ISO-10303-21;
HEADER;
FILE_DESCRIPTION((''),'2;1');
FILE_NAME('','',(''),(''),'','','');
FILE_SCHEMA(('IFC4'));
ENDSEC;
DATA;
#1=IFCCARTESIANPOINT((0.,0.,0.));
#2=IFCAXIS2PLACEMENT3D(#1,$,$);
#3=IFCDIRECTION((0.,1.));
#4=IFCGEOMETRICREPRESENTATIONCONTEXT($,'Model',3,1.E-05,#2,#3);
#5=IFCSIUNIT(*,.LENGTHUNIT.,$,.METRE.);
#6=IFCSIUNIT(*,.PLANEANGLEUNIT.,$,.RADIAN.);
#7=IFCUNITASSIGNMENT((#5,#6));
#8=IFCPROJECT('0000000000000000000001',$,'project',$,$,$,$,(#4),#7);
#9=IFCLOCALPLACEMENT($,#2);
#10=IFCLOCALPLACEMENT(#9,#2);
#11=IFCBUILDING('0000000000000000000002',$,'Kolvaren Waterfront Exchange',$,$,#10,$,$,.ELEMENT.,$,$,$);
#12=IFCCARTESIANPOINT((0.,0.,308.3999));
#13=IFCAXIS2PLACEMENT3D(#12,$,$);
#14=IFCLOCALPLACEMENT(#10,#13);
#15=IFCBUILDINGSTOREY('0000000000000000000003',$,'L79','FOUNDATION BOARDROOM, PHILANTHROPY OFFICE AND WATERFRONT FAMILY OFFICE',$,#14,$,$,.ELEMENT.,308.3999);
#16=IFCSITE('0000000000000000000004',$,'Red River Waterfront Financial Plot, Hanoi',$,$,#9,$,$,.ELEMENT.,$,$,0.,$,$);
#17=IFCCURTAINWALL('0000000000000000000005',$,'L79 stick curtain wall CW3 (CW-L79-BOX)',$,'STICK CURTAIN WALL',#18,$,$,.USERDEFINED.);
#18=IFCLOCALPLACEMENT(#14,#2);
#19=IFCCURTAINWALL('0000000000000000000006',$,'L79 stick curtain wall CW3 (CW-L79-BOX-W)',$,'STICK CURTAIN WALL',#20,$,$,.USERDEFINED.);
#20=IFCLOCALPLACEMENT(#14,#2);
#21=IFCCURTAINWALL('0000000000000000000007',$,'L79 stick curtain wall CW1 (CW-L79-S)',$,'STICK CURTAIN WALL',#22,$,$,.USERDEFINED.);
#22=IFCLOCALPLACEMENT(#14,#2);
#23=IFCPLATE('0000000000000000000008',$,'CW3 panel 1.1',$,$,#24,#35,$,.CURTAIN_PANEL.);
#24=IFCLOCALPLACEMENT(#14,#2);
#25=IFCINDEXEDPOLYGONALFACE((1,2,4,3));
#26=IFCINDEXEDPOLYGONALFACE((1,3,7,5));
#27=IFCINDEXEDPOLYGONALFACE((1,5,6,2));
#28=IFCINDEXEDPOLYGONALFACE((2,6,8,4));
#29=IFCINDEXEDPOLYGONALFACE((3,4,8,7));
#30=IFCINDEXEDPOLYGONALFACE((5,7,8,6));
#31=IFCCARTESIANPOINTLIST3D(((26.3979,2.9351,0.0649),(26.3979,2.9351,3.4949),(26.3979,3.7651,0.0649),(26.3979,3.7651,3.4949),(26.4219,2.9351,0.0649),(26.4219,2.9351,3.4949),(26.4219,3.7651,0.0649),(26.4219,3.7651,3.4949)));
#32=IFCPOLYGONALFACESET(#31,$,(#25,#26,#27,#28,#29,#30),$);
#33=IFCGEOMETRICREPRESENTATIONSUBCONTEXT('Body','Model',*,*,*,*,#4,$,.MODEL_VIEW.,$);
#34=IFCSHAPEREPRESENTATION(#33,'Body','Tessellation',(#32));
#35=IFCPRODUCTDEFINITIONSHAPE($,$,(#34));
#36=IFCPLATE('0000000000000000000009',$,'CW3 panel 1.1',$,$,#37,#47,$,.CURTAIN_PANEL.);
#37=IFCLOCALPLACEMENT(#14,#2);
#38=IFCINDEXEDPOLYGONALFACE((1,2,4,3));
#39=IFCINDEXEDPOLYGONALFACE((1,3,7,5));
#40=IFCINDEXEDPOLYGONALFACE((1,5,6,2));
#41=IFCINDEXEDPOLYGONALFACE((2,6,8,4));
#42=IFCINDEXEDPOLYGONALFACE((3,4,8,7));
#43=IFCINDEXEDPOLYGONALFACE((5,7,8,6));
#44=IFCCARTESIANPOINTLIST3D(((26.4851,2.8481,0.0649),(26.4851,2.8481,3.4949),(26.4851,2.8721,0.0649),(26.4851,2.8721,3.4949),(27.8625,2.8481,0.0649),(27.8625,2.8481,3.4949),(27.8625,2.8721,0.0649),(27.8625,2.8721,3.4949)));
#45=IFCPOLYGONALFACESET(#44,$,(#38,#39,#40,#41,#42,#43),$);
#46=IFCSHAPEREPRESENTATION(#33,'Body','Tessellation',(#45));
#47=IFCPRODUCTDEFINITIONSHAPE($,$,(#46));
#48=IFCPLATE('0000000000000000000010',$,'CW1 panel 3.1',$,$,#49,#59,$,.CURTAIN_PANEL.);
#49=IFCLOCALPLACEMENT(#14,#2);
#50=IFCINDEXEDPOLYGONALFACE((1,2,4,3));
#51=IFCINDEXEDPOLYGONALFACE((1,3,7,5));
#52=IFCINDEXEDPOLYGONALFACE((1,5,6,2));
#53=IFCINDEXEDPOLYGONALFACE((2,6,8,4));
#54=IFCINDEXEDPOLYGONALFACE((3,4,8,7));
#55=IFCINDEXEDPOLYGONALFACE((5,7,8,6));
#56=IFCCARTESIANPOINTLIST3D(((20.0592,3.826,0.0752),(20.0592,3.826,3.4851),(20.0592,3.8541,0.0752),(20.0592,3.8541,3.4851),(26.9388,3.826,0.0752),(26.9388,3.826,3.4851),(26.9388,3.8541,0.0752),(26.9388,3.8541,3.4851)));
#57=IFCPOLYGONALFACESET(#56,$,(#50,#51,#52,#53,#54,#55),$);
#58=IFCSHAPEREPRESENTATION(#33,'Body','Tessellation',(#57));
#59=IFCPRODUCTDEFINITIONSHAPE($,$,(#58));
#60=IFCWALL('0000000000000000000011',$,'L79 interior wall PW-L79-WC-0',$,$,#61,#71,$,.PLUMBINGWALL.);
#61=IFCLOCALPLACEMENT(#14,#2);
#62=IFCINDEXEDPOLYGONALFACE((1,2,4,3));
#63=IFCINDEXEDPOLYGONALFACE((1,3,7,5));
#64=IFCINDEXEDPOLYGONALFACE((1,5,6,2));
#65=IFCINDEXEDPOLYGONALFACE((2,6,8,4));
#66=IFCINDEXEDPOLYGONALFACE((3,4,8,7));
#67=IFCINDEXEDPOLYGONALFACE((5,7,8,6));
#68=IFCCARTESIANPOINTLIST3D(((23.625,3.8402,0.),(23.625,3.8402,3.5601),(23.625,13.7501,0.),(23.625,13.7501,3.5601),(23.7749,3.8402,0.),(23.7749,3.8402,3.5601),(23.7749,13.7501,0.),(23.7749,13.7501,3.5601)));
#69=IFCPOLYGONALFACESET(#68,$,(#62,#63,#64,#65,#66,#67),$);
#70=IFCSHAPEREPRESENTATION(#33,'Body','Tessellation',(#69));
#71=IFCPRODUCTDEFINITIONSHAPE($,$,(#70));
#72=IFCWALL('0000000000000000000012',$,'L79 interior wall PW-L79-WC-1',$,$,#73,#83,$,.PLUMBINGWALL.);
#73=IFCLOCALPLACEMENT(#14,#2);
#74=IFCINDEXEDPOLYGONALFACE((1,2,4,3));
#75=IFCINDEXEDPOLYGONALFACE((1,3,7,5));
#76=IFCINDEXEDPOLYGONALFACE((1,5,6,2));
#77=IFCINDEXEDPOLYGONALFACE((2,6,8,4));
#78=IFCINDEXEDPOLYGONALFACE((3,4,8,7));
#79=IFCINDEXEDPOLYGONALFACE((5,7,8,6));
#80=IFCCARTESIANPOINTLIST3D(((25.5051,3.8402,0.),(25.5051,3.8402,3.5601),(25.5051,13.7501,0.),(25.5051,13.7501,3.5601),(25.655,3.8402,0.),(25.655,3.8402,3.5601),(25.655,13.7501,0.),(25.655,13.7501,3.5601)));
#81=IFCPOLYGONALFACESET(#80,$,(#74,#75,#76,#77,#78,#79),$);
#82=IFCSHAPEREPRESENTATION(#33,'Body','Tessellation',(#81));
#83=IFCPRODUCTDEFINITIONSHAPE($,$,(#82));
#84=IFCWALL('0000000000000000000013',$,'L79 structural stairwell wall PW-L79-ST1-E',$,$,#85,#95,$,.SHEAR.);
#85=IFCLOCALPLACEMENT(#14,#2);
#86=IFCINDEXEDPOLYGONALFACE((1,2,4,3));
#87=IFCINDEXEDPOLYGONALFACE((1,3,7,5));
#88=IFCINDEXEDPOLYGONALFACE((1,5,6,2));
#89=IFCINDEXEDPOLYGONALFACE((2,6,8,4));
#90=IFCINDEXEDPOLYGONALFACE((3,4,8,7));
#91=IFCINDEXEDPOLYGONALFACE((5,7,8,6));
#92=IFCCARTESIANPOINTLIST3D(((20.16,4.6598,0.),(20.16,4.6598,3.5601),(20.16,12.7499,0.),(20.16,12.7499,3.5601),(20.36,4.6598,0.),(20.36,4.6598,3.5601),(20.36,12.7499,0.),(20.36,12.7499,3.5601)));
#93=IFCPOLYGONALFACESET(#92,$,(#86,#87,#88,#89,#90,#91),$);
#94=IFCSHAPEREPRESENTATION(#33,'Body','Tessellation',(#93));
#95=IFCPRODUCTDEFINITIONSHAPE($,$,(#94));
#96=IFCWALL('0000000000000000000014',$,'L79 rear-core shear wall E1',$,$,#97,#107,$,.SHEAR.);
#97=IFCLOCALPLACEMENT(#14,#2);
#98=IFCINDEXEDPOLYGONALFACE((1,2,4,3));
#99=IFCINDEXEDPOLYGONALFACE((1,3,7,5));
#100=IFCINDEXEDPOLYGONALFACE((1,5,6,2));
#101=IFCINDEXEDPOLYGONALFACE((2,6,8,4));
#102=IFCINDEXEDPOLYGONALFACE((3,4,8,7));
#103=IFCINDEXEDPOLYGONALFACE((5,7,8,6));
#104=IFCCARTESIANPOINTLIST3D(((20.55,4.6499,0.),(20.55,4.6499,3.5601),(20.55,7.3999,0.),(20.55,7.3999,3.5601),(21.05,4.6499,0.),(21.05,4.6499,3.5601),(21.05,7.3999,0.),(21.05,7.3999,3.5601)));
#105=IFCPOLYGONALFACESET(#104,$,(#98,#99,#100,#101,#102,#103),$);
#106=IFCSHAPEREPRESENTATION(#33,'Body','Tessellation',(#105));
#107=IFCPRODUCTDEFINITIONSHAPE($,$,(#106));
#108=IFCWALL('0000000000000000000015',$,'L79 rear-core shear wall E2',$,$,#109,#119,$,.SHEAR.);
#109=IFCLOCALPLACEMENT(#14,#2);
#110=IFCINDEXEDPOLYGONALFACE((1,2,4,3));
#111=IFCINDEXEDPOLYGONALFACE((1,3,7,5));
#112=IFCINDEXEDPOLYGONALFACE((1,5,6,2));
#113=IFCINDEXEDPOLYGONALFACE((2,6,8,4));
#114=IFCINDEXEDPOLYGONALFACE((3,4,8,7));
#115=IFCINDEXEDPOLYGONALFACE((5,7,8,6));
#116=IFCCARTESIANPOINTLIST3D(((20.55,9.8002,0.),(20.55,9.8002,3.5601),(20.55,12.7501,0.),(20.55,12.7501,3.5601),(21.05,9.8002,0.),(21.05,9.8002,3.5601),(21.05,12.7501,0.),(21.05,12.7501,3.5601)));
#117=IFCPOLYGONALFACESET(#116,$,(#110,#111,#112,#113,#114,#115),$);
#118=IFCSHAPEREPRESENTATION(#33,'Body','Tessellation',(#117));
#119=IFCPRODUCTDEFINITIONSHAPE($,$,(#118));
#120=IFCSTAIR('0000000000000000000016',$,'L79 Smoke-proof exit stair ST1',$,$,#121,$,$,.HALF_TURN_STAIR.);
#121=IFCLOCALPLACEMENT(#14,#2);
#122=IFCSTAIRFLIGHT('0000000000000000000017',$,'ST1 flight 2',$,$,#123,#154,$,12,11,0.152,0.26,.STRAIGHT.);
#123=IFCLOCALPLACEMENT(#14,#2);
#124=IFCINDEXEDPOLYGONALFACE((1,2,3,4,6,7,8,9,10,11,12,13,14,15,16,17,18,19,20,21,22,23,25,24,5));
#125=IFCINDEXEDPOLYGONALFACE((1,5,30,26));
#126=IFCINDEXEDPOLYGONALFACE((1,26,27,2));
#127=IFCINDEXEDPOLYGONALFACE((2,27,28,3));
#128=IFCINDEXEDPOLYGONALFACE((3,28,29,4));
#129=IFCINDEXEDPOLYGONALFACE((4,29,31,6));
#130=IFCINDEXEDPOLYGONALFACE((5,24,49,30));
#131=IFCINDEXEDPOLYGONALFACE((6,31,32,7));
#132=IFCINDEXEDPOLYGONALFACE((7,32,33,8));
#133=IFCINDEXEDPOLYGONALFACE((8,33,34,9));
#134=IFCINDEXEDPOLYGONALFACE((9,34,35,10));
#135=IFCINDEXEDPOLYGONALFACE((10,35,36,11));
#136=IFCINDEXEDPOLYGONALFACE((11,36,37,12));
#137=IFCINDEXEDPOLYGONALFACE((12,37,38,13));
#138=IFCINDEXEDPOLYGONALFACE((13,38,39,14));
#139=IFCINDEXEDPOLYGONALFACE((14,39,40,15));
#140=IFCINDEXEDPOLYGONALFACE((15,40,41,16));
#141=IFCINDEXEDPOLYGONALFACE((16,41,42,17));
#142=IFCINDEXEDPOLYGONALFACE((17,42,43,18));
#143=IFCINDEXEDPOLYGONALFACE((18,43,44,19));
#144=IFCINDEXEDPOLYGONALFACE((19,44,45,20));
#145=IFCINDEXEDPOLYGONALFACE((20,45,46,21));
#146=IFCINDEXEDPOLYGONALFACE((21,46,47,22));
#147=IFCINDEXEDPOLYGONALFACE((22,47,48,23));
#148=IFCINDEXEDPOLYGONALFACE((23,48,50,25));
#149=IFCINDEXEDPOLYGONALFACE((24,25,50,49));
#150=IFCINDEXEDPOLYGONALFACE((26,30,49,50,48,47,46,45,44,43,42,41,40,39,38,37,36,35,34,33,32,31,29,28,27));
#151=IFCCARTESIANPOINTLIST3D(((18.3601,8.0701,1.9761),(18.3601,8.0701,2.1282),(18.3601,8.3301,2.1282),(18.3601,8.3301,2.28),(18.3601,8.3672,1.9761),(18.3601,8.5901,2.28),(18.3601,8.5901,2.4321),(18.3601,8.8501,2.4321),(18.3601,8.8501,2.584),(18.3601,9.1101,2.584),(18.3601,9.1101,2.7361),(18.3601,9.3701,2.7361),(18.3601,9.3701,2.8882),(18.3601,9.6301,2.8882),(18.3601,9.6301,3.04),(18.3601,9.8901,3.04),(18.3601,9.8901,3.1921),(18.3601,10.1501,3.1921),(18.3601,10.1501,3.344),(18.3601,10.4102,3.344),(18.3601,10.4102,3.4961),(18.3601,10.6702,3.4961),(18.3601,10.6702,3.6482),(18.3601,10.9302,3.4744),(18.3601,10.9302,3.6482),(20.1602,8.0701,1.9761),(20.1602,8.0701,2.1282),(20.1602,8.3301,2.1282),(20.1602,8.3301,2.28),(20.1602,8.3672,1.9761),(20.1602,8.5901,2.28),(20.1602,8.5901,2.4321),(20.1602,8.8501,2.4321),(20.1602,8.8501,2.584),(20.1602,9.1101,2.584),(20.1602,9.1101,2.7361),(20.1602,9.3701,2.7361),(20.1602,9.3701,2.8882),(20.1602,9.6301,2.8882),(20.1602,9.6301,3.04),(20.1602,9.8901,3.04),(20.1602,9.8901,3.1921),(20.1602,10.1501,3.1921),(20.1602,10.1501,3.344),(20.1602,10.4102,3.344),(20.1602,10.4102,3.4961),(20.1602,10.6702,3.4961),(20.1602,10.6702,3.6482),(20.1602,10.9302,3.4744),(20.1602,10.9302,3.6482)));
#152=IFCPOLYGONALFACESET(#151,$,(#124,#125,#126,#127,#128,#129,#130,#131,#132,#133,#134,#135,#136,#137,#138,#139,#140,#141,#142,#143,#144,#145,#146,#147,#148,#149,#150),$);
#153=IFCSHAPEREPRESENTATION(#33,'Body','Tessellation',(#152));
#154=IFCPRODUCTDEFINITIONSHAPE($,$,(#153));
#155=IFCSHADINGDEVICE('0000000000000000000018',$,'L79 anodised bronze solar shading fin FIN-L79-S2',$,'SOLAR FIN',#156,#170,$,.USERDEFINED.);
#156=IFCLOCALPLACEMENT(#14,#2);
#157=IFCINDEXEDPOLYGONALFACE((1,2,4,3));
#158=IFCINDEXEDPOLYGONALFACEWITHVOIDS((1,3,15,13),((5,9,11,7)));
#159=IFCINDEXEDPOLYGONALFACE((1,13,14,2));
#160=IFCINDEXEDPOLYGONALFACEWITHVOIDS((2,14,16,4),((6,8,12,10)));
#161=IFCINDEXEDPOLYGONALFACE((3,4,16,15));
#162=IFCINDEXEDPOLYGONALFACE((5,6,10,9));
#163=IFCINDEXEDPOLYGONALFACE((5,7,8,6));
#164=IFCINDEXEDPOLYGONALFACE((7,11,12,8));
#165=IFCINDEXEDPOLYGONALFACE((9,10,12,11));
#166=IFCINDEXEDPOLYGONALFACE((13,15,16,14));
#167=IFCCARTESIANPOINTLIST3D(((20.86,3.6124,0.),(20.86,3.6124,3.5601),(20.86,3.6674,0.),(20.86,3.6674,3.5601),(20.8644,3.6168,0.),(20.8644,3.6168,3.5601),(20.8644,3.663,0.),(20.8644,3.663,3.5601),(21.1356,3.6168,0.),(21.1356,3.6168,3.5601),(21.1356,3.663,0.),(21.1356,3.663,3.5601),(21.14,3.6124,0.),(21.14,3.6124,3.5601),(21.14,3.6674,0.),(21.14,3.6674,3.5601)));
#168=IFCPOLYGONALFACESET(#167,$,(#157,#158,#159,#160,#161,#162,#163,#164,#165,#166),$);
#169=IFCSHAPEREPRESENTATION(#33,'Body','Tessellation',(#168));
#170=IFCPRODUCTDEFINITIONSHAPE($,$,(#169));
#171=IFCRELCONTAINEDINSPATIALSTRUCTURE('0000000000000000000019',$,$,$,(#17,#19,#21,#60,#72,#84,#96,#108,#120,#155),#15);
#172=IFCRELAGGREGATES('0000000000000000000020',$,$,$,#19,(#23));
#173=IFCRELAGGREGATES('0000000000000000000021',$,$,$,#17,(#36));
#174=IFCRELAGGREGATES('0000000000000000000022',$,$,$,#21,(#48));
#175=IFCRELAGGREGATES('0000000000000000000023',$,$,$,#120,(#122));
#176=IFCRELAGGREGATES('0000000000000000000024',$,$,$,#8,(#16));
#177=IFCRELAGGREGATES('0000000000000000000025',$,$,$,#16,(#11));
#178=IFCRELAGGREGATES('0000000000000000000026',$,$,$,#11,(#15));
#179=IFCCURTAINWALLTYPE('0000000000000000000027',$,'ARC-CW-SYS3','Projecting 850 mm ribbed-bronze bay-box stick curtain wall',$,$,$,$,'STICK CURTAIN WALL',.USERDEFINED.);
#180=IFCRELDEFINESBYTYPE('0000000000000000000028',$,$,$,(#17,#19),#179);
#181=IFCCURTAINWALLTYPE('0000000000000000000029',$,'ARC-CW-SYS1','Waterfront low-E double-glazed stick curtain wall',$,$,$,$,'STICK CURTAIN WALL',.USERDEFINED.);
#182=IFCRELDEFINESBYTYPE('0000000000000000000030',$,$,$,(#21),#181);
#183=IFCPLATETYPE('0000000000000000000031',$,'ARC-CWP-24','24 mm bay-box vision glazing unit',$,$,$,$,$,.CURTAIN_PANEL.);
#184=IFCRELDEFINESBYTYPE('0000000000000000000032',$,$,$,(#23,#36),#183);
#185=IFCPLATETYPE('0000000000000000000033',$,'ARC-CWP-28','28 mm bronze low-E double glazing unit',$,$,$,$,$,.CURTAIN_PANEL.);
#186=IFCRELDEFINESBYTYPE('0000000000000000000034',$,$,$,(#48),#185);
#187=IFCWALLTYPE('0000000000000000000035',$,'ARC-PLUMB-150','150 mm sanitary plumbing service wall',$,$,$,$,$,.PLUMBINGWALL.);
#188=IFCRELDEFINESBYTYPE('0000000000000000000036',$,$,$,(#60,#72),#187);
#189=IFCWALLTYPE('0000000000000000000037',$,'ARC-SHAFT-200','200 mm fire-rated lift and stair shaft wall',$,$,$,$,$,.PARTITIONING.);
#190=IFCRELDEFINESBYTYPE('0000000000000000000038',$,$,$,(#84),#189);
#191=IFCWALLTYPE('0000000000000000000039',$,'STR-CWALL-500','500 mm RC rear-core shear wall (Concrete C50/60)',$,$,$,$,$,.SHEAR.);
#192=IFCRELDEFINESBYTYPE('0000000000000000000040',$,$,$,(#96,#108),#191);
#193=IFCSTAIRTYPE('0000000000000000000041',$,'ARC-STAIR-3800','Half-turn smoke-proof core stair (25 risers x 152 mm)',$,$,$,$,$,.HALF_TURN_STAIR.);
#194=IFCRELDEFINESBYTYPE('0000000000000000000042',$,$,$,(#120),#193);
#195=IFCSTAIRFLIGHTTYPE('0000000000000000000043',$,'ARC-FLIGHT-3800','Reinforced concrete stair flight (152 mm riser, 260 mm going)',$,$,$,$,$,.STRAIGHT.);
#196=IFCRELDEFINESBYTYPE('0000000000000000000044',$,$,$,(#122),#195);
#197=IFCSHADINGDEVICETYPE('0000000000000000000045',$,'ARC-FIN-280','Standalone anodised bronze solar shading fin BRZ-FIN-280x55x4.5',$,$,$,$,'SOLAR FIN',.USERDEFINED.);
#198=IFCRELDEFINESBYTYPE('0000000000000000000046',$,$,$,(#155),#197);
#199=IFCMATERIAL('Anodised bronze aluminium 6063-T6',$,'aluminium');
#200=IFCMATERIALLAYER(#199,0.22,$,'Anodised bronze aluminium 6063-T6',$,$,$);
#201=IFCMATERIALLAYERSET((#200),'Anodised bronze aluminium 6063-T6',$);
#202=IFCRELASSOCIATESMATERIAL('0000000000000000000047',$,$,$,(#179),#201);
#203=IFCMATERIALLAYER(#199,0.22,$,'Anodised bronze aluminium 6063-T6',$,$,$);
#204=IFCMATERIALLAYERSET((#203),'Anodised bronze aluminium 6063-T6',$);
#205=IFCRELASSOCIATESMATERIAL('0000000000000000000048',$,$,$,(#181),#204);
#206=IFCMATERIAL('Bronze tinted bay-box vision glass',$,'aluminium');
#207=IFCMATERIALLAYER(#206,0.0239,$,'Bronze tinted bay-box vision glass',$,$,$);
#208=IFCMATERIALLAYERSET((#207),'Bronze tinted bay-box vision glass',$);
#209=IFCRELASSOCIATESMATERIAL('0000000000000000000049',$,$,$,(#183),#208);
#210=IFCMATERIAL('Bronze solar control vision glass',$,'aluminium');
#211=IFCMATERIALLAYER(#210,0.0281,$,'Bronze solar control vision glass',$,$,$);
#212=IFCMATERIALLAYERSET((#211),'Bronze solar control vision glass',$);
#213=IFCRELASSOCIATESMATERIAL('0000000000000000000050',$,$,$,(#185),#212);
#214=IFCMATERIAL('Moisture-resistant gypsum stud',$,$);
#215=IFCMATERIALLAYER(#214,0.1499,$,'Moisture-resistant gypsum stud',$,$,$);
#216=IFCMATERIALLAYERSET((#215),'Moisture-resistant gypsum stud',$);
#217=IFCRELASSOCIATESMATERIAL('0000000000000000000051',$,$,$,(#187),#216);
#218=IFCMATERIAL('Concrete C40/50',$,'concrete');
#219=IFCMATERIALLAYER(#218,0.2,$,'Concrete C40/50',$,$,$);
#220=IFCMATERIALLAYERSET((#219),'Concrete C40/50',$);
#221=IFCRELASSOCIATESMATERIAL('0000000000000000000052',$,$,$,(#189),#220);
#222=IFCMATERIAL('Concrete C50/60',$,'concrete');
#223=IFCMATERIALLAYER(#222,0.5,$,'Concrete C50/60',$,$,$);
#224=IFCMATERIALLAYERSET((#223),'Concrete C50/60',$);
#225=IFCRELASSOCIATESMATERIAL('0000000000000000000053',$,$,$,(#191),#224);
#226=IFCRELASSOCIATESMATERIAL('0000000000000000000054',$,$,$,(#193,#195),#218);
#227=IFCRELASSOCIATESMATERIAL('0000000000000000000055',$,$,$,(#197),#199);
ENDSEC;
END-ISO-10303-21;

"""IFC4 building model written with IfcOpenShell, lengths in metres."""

from ifc_helpers import new_model, si_unit, direction, frame, frame_2d, origin, origin_with_axes, origin_2d, place, context, subcontext, project, spatial, polyline, rectangle, hollow_rectangle, outline, extrude, source, transform, mapped, material, layer, layer_set, material_profile, profile_set, type_object, element, aggregate, save


model = new_model("IFC4")

# Units and contexts
model_context = context("Model", 3, precision=1e-05, world=origin(), true_north=direction((0.0, 1.0)))
body_context = subcontext(model_context, "Body", "Model", "MODEL_VIEW")
ifc_project = project(units=[si_unit("LENGTHUNIT", "METRE"), si_unit("PLANEANGLEUNIT", "RADIAN")], contexts=[model_context])

# Site, building, storey
site_placement = place(None, origin())
site = spatial("IfcSite", under=ifc_project, at=site_placement, Name="Red River Waterfront Financial Plot, Hanoi", CompositionType="ELEMENT", RefElevation=0.0)
building_placement = place(site_placement, origin())
building = spatial("IfcBuilding", under=site, at=building_placement, Name="Kolvaren Waterfront Exchange", CompositionType="ELEMENT")
storey_placement = place(building_placement, frame((0.0, 0.0, 308.3999)))
storey = spatial("IfcBuildingStorey", under=building, at=storey_placement, Name="L79", Description="FOUNDATION BOARDROOM, PHILANTHROPY OFFICE AND WATERFRONT FAMILY OFFICE", CompositionType="ELEMENT", Elevation=308.3999)

# Shared definitions
ifc_material_1 = material(Name="Concrete C50/60", Category="concrete")

# Curtain walls
ifc_material_2 = material(Name="Anodised bronze aluminium 6063-T6", Category="aluminium")
ifc_layer_1 = layer(ifc_material_2, 0.22, Name="Anodised bronze aluminium 6063-T6")
ifc_layer_set_1 = layer_set([ifc_layer_1], Name="Anodised bronze aluminium 6063-T6")
curtain_wall_type_1 = type_object("IfcCurtainWallType", Name="ARC-CW-SYS3", Description="Projecting 850 mm ribbed-bronze bay-box stick curtain wall", ElementType="STICK CURTAIN WALL", PredefinedType="USERDEFINED", material=ifc_layer_set_1)
curtain_wall_1_placement = place(storey_placement, origin())
curtain_wall_1 = element("IfcCurtainWall", 1, at=curtain_wall_1_placement, inside=storey, type_object=curtain_wall_type_1, Name="L79 stick curtain wall CW3 (CW-L79-BOX)", ObjectType="STICK CURTAIN WALL", PredefinedType="USERDEFINED")
curtain_wall_2_placement = place(storey_placement, origin())
curtain_wall_2 = element("IfcCurtainWall", 2, at=curtain_wall_2_placement, inside=storey, type_object=curtain_wall_type_1, Name="L79 stick curtain wall CW3 (CW-L79-BOX-W)", ObjectType="STICK CURTAIN WALL", PredefinedType="USERDEFINED")

# Curtain wall
ifc_layer_2 = layer(ifc_material_2, 0.22, Name="Anodised bronze aluminium 6063-T6")
ifc_layer_set_2 = layer_set([ifc_layer_2], Name="Anodised bronze aluminium 6063-T6")
curtain_wall_type_2 = type_object("IfcCurtainWallType", Name="ARC-CW-SYS1", Description="Waterfront low-E double-glazed stick curtain wall", ElementType="STICK CURTAIN WALL", PredefinedType="USERDEFINED", material=ifc_layer_set_2)
curtain_wall_3_placement = place(storey_placement, origin())
curtain_wall_3 = element("IfcCurtainWall", 3, at=curtain_wall_3_placement, inside=storey, type_object=curtain_wall_type_2, Name="L79 stick curtain wall CW1 (CW-L79-S)", ObjectType="STICK CURTAIN WALL", PredefinedType="USERDEFINED")

# Plates
ifc_material_3 = material(Name="Bronze tinted bay-box vision glass", Category="aluminium")
ifc_layer_3 = layer(ifc_material_3, 0.0239, Name="Bronze tinted bay-box vision glass")
ifc_layer_set_3 = layer_set([ifc_layer_3], Name="Bronze tinted bay-box vision glass")
plate_type_1 = type_object("IfcPlateType", Name="ARC-CWP-24", Description="24 mm bay-box vision glazing unit", PredefinedType="CURTAIN_PANEL", material=ifc_layer_set_3)
shared_shape_1 = source(origin_with_axes(), body_context, "Body", "SweptSolid", [
    extrude(rectangle(XDim=0.8301, YDim=0.0239, at=origin_2d()), origin(), (0.0, 0.0, 1.0), 3.4299),
])
plate_1_placement = place(storey_placement, frame((26.4099, 3.3501, 0.0649), z_axis=(0.0, 0.0, 1.0), x_axis=(0.0, -1.0, 0.0)))
plate_1 = element("IfcPlate", 4, at=plate_1_placement, type_object=plate_type_1, Name="CW3 panel 1.1", PredefinedType="CURTAIN_PANEL", context=body_context, shape_type="MappedRepresentation", body=[
    mapped(shared_shape_1, transform((0.0, 0.0, 0.0), x_axis=(1.0, 0.0, 0.0), y_axis=(0.0, 1.0, 0.0), z_axis=(0.0, 0.0, 1.0), scale=1.0)),
])
aggregate(curtain_wall_2, [plate_1])
shared_shape_2 = source(origin_with_axes(), body_context, "Body", "SweptSolid", [
    extrude(rectangle(XDim=1.3774, YDim=0.0239, at=origin_2d()), origin(), (0.0, 0.0, 1.0), 3.4299),
])
plate_2_placement = place(storey_placement, frame((27.1738, 2.8601, 0.0649), z_axis=(0.0, 0.0, 1.0), x_axis=(1.0, 0.0, 0.0)))
plate_2 = element("IfcPlate", 5, at=plate_2_placement, type_object=plate_type_1, Name="CW3 panel 1.1", PredefinedType="CURTAIN_PANEL", context=body_context, shape_type="MappedRepresentation", body=[
    mapped(shared_shape_2, transform((0.0, 0.0, 0.0), x_axis=(1.0, 0.0, 0.0), y_axis=(0.0, 1.0, 0.0), z_axis=(0.0, 0.0, 1.0), scale=1.0)),
])
aggregate(curtain_wall_1, [plate_2])
ifc_material_4 = material(Name="Bronze solar control vision glass", Category="aluminium")
ifc_layer_4 = layer(ifc_material_4, 0.0281, Name="Bronze solar control vision glass")
ifc_layer_set_4 = layer_set([ifc_layer_4], Name="Bronze solar control vision glass")
plate_type_2 = type_object("IfcPlateType", Name="ARC-CWP-28", Description="28 mm bronze low-E double glazing unit", PredefinedType="CURTAIN_PANEL", material=ifc_layer_set_4)
shared_shape_3 = source(origin_with_axes(), body_context, "Body", "SweptSolid", [
    extrude(rectangle(XDim=6.8796, YDim=0.0281, at=origin_2d()), origin(), (0.0, 0.0, 1.0), 3.4099),
])
plate_3_placement = place(storey_placement, frame((23.499, 3.8401, 0.0752), z_axis=(0.0, 0.0, 1.0), x_axis=(1.0, 0.0, 0.0)))
plate_3 = element("IfcPlate", 6, at=plate_3_placement, type_object=plate_type_2, Name="CW1 panel 3.1", PredefinedType="CURTAIN_PANEL", context=body_context, shape_type="MappedRepresentation", body=[
    mapped(shared_shape_3, transform((0.0, 0.0, 0.0), x_axis=(1.0, 0.0, 0.0), y_axis=(0.0, 1.0, 0.0), z_axis=(0.0, 0.0, 1.0), scale=1.0)),
])
aggregate(curtain_wall_3, [plate_3])

# Walls
ifc_material_5 = material(Name="Moisture-resistant gypsum stud")
ifc_layer_5 = layer(ifc_material_5, 0.1499, Name="Moisture-resistant gypsum stud")
ifc_layer_set_5 = layer_set([ifc_layer_5], Name="Moisture-resistant gypsum stud")
wall_type_1 = type_object("IfcWallType", Name="ARC-PLUMB-150", Description="150 mm sanitary plumbing service wall", PredefinedType="PLUMBINGWALL", material=ifc_layer_set_5)
for number, where, z_axis, x_axis, name in (
    (7, (23.7, 3.8401, 0.0), (0.0, 0.0, 1.0), (0.0, 1.0, 0.0), "L79 interior wall PW-L79-WC-0"),
    (8, (25.5801, 3.8401, 0.0), (0.0, 0.0, 1.0), (0.0, 1.0, 0.0), "L79 interior wall PW-L79-WC-1"),
):
    element("IfcWall", number, at=place(storey_placement, frame(where, z_axis=z_axis, x_axis=x_axis)), inside=storey, type_object=wall_type_1, Name=name, PredefinedType="PLUMBINGWALL", context=body_context, shape_type="SweptSolid", body=[
        extrude(rectangle(XDim=9.9099, YDim=0.1499, at=frame_2d((4.9551, 0.0))), origin(), (0.0, 0.0, 1.0), 3.5601),
    ])
ifc_material_6 = material(Name="Concrete C40/50", Category="concrete")
ifc_layer_6 = layer(ifc_material_6, 0.2, Name="Concrete C40/50")
ifc_layer_set_6 = layer_set([ifc_layer_6], Name="Concrete C40/50")
wall_type_2 = type_object("IfcWallType", Name="ARC-SHAFT-200", Description="200 mm fire-rated lift and stair shaft wall", PredefinedType="PARTITIONING", material=ifc_layer_set_6)
wall_1_placement = place(storey_placement, frame((20.26, 4.6599, 0.0), z_axis=(0.0, 0.0, 1.0), x_axis=(0.0, 1.0, 0.0)))
element("IfcWall", 9, at=wall_1_placement, inside=storey, type_object=wall_type_2, Name="L79 structural stairwell wall PW-L79-ST1-E", PredefinedType="SHEAR", context=body_context, shape_type="SweptSolid", body=[
    extrude(rectangle(XDim=8.0901, YDim=0.2, at=frame_2d((4.0449, 0.0))), origin(), (0.0, 0.0, 1.0), 3.5601),
])
ifc_layer_7 = layer(ifc_material_1, 0.5, Name="Concrete C50/60")
ifc_layer_set_7 = layer_set([ifc_layer_7], Name="Concrete C50/60")
wall_type_3 = type_object("IfcWallType", Name="STR-CWALL-500", Description="500 mm RC rear-core shear wall (Concrete C50/60)", PredefinedType="SHEAR", material=ifc_layer_set_7)
wall_2_placement = place(storey_placement, frame((20.8, 4.6499, 0.0), z_axis=(0.0, 0.0, 1.0), x_axis=(0.0, 1.0, 0.0)))
element("IfcWall", 10, at=wall_2_placement, inside=storey, type_object=wall_type_3, Name="L79 rear-core shear wall E1", PredefinedType="SHEAR", context=body_context, shape_type="SweptSolid", body=[
    extrude(rectangle(XDim=2.75, YDim=0.5, at=frame_2d((1.375, 0.0))), origin(), (0.0, 0.0, 1.0), 3.5601),
])
wall_3_placement = place(storey_placement, frame((20.8, 9.8, 0.0), z_axis=(0.0, 0.0, 1.0), x_axis=(0.0, 1.0, 0.0)))
element("IfcWall", 11, at=wall_3_placement, inside=storey, type_object=wall_type_3, Name="L79 rear-core shear wall E2", PredefinedType="SHEAR", context=body_context, shape_type="SweptSolid", body=[
    extrude(rectangle(XDim=2.95, YDim=0.5, at=frame_2d((1.4751, 0.0))), origin(), (0.0, 0.0, 1.0), 3.5601),
])

# Stair, stair flight
stair_type = type_object("IfcStairType", Name="ARC-STAIR-3800", Description="Half-turn smoke-proof core stair (25 risers x 152 mm)", PredefinedType="HALF_TURN_STAIR", material=ifc_material_6)
stair_placement = place(storey_placement, origin())
stair = element("IfcStair", 12, at=stair_placement, inside=storey, type_object=stair_type, Name="L79 Smoke-proof exit stair ST1", PredefinedType="HALF_TURN_STAIR")
stair_flight_type = type_object("IfcStairFlightType", Name="ARC-FLIGHT-3800", Description="Reinforced concrete stair flight (152 mm riser, 260 mm going)", PredefinedType="STRAIGHT", material=ifc_material_6)
stair_flight_placement = place(storey_placement, frame((19.26, 8.0701, 1.9761), z_axis=(0.0, 0.0, 1.0), x_axis=(0.0, 1.0, 0.0)))
stair_flight = element("IfcStairFlight", 13, at=stair_flight_placement, type_object=stair_flight_type, Name="ST1 flight 2", NumberOfRisers=12, NumberOfTreads=11, PredefinedType="STRAIGHT", RiserHeight=0.152, TreadLength=0.26, context=body_context, shape_type="SweptSolid", body=[
    extrude(outline(polyline([(0.0, 0.0), (0.0, 0.1521), (0.26, 0.1521), (0.26, 0.304), (0.52, 0.304), (0.52, 0.4561), (0.78, 0.4561), (0.78, 0.6079), (1.04, 0.6079), (1.04, 0.76), (1.3, 0.76), (1.3, 0.9121), (1.5601, 0.9121), (1.5601, 1.064), (1.8201, 1.064), (1.8201, 1.2161), (2.0801, 1.2161), (2.0801, 1.3679), (2.3401, 1.3679), (2.3401, 1.52), (2.6001, 1.52), (2.6001, 1.6721), (2.8601, 1.6721), (2.8601, 1.824), (2.8601, 1.4983), (0.2971, 0.0), (0.0, 0.0)])), frame((0.0, 0.8999, 0.0), z_axis=(0.0, -1.0, 0.0), x_axis=(1.0, 0.0, 0.0)), (0.0, 0.0, 1.0), 1.8),
])
aggregate(stair, [stair_flight])

# Shading device
ifc_material_profile_1 = material_profile(ifc_material_2, hollow_rectangle(XDim=0.0549, YDim=0.28, WallThickness=0.0044, at=origin_2d()), Name="BRZ-FIN-280x55x4.5")
ifc_profile_set_1 = profile_set([ifc_material_profile_1], Name="Anodised bronze aluminium 6063-T6")
shading_device_type = type_object("IfcShadingDeviceType", Name="ARC-FIN-280", Description="Standalone anodised bronze solar shading fin BRZ-FIN-280x55x4.5", ElementType="SOLAR FIN", PredefinedType="USERDEFINED", material=ifc_profile_set_1)
shading_device_placement = place(storey_placement, frame((21.0, 3.6399, 0.0), z_axis=(0.0, 0.0, 1.0), x_axis=(0.0, -1.0, 0.0)))
element("IfcShadingDevice", 14, at=shading_device_placement, inside=storey, type_object=shading_device_type, Name="L79 anodised bronze solar shading fin FIN-L79-S2", ObjectType="SOLAR FIN", PredefinedType="USERDEFINED", context=body_context, shape_type="SweptSolid", body=[
    extrude(hollow_rectangle(XDim=0.0549, YDim=0.28, WallThickness=0.0044, at=origin_2d()), origin(), (0.0, 0.0, 1.0), 3.5601),
])

save(model, "model.ifc")
